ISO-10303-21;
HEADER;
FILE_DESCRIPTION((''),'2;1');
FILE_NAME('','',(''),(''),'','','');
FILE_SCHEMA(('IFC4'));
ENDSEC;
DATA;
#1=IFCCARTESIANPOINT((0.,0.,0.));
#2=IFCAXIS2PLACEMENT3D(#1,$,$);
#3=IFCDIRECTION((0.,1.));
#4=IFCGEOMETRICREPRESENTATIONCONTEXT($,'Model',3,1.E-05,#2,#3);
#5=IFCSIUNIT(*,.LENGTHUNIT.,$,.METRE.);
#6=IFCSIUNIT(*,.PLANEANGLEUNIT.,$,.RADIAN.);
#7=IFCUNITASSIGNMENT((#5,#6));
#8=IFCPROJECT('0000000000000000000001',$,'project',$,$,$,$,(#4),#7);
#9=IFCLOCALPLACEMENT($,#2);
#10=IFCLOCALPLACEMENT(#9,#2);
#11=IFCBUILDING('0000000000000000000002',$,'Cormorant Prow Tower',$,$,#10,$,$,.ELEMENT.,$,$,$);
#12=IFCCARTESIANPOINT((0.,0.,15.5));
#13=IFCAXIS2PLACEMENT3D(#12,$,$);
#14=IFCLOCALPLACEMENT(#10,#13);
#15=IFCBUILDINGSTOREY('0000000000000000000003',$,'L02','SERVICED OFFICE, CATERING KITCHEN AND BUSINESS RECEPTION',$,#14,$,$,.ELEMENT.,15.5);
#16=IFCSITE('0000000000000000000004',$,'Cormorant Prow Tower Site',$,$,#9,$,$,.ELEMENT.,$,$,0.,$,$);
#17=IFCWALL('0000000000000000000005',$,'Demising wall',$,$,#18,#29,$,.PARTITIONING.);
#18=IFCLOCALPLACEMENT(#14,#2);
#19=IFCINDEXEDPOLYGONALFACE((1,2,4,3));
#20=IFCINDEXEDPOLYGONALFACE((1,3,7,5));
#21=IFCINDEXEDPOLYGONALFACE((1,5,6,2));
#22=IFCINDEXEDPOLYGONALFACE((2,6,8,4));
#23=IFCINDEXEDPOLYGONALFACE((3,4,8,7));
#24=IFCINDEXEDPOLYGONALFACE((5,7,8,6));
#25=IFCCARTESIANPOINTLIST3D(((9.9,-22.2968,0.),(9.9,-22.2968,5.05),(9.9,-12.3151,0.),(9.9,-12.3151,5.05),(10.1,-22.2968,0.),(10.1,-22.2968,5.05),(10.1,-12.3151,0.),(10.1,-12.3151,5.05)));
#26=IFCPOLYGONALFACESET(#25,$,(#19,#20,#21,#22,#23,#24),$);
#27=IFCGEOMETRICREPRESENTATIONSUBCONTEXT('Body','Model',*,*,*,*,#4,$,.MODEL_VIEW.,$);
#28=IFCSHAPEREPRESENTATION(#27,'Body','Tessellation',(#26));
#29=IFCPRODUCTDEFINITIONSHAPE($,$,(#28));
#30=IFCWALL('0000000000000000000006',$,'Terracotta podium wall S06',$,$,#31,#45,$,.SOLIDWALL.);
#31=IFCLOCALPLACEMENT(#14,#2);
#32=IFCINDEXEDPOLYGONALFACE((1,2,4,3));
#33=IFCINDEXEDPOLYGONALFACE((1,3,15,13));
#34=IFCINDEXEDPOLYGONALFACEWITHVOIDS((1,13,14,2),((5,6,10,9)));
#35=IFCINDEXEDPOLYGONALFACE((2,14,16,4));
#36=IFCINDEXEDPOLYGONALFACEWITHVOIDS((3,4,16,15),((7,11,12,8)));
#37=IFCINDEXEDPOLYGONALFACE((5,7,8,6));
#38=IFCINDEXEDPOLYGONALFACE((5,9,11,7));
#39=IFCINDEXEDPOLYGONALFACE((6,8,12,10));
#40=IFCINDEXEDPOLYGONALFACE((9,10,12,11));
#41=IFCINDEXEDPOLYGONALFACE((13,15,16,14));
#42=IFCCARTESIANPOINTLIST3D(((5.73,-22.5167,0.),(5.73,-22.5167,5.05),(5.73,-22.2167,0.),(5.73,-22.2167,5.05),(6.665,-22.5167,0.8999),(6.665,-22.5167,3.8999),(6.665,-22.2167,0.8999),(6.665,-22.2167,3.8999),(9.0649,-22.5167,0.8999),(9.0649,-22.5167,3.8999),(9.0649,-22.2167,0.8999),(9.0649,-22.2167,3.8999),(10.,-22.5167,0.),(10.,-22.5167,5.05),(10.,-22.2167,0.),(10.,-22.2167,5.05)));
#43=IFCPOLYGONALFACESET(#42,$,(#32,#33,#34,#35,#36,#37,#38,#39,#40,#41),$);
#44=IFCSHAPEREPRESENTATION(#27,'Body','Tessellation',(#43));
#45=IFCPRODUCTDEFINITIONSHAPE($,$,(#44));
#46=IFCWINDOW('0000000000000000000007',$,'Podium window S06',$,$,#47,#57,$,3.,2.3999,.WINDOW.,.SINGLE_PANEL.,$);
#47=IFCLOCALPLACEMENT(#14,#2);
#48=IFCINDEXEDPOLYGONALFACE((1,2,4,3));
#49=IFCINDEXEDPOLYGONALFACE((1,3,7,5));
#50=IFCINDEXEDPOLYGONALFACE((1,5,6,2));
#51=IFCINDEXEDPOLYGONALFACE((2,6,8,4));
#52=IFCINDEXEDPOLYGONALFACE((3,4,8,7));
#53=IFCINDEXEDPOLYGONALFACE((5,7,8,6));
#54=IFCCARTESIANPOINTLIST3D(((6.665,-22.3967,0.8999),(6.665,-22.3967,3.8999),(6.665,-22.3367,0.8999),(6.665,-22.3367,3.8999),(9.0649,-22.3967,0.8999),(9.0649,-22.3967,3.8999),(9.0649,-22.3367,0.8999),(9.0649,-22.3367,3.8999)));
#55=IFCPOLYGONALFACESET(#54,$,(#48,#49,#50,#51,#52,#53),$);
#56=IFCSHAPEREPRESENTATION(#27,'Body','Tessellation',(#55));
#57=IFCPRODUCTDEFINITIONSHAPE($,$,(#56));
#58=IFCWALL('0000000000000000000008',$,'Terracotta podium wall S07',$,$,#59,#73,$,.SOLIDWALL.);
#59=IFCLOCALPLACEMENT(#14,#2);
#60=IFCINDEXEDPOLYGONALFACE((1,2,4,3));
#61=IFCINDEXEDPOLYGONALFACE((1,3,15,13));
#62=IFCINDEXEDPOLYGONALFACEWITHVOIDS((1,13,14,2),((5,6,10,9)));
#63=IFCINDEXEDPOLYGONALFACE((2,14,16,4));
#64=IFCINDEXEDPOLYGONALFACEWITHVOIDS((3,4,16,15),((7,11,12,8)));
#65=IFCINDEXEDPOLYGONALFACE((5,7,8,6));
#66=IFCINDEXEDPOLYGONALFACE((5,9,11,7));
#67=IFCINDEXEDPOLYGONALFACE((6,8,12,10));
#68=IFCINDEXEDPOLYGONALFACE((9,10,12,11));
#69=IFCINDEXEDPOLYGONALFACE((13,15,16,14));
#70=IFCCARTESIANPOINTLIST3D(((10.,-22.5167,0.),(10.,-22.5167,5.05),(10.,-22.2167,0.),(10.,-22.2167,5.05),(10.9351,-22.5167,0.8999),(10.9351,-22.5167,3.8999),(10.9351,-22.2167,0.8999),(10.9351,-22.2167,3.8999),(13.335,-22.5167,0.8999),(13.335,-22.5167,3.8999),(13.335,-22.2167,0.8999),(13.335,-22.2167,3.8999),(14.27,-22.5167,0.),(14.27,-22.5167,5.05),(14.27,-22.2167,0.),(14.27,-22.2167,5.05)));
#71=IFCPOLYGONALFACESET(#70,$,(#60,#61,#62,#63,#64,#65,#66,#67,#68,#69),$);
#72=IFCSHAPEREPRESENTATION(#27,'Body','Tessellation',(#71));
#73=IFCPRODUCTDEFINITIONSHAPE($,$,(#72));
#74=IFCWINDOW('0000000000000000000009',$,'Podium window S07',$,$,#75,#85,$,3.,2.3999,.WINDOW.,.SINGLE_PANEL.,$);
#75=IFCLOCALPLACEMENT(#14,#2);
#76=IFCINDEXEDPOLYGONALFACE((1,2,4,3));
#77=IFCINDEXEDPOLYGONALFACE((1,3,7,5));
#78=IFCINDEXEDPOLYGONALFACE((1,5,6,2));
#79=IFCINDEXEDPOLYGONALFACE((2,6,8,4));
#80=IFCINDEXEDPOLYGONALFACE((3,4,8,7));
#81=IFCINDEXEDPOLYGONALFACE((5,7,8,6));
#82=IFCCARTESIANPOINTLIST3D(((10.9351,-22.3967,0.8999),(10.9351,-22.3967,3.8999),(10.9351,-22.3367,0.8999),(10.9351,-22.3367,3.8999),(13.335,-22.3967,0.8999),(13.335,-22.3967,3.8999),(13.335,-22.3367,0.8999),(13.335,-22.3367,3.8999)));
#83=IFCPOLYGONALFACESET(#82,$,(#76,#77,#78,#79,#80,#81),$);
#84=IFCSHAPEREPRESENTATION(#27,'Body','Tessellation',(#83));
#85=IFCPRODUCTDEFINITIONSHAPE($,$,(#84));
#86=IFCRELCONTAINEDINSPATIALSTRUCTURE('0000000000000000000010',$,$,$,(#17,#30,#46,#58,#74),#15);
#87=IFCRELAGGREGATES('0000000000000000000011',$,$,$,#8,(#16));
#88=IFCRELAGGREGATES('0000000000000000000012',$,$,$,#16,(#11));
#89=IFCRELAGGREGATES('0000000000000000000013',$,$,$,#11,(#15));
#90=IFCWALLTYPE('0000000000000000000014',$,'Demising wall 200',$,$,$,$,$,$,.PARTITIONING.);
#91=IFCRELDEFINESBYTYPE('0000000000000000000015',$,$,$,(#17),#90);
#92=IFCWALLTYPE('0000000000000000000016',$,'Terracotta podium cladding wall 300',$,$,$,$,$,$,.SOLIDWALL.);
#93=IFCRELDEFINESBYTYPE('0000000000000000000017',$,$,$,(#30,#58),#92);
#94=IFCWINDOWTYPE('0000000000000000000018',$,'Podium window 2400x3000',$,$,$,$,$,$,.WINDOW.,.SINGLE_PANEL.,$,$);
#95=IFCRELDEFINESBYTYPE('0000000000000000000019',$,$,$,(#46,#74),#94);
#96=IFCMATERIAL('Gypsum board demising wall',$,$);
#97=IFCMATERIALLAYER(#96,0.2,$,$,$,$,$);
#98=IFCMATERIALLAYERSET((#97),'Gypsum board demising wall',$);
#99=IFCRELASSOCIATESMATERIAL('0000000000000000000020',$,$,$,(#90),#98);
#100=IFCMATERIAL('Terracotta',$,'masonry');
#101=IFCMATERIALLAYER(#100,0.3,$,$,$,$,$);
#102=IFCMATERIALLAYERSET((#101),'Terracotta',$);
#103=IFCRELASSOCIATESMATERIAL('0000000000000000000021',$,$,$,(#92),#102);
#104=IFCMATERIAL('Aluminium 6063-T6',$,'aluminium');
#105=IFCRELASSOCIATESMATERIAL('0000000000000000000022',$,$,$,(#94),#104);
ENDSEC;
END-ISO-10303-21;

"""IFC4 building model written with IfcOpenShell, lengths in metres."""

from ifc_helpers import new_model, si_unit, direction, frame, frame_2d, origin, place, context, subcontext, project, spatial, rectangle, extrude, material, layer, layer_set, type_object, element, fill, save


model = new_model("IFC4")

# Units and contexts
model_context = context("Model", 3, precision=1e-05, world=origin(), true_north=direction((0.0, 1.0)))
body_context = subcontext(model_context, "Body", "Model", "MODEL_VIEW")
ifc_project = project(units=[si_unit("LENGTHUNIT", "METRE"), si_unit("PLANEANGLEUNIT", "RADIAN")], contexts=[model_context])

# Site, building, storey
site_placement = place(None, origin())
site = spatial("IfcSite", under=ifc_project, at=site_placement, Name="Cormorant Prow Tower Site", CompositionType="ELEMENT", RefElevation=0.0)
building_placement = place(site_placement, origin())
building = spatial("IfcBuilding", under=site, at=building_placement, Name="Cormorant Prow Tower", CompositionType="ELEMENT")
storey_placement = place(building_placement, frame((0.0, 0.0, 15.5)))
storey = spatial("IfcBuildingStorey", under=building, at=storey_placement, Name="L02", Description="SERVICED OFFICE, CATERING KITCHEN AND BUSINESS RECEPTION", CompositionType="ELEMENT", Elevation=15.5)

# Wall
ifc_material_1 = material(Name="Gypsum board demising wall")
ifc_layer_1 = layer(ifc_material_1, 0.2)
ifc_layer_set_1 = layer_set([ifc_layer_1], Name="Gypsum board demising wall")
wall_type_1 = type_object("IfcWallType", Name="Demising wall 200", PredefinedType="PARTITIONING", material=ifc_layer_set_1)
wall_1_placement = place(storey_placement, frame((10.0, -22.2966, 0.0), z_axis=(0.0, 0.0, 1.0), x_axis=(0.0, 1.0, 0.0)))
element("IfcWall", 1, at=wall_1_placement, inside=storey, type_object=wall_type_1, Name="Demising wall", PredefinedType="PARTITIONING", context=body_context, shape_type="SweptSolid", body=[
    extrude(rectangle(XDim=9.9817, YDim=0.2, at=frame_2d((4.9907, 0.0))), origin(), (0.0, 0.0, 1.0), 5.05),
])

# Walls, openings, windows
ifc_material_2 = material(Name="Terracotta", Category="masonry")
ifc_layer_2 = layer(ifc_material_2, 0.3)
ifc_layer_set_2 = layer_set([ifc_layer_2], Name="Terracotta")
wall_type_2 = type_object("IfcWallType", Name="Terracotta podium cladding wall 300", PredefinedType="SOLIDWALL", material=ifc_layer_set_2)
wall_2_placement = place(storey_placement, frame((5.73, -22.3667, 0.0), z_axis=(0.0, 0.0, 1.0), x_axis=(1.0, 0.0, 0.0)))
wall_2 = element("IfcWall", 2, at=wall_2_placement, inside=storey, type_object=wall_type_2, Name="Terracotta podium wall S06", PredefinedType="SOLIDWALL", context=body_context, shape_type="SweptSolid", body=[
    extrude(rectangle(XDim=4.27, YDim=0.3, at=frame_2d((2.135, 0.0))), origin(), (0.0, 0.0, 1.0), 5.05),
])
opening_1_placement = place(wall_2_placement, frame((0.9351, 0.0, 0.8999)))
opening_1 = element("IfcOpeningElement", 3, at=opening_1_placement, cuts=wall_2, PredefinedType="OPENING", context=body_context, shape_type="SweptSolid", body=[
    extrude(rectangle(XDim=2.3999, YDim=3.0, at=frame_2d((1.2, 1.5))), frame((0.0, 0.1599, 0.0), z_axis=(0.0, -1.0, 0.0), x_axis=(1.0, 0.0, 0.0)), (0.0, 0.0, 1.0), 0.3201),
])
ifc_material_3 = material(Name="Aluminium 6063-T6", Category="aluminium")
window_type = type_object("IfcWindowType", Name="Podium window 2400x3000", PartitioningType="SINGLE_PANEL", PredefinedType="WINDOW", material=ifc_material_3)
window_1_placement = place(opening_1_placement, origin())
window_1 = element("IfcWindow", 4, at=window_1_placement, inside=storey, type_object=window_type, Name="Podium window S06", OverallHeight=3.0, OverallWidth=2.3999, PartitioningType="SINGLE_PANEL", PredefinedType="WINDOW", context=body_context, shape_type="SweptSolid", body=[
    extrude(rectangle(XDim=2.3999, YDim=3.0, at=frame_2d((1.2, 1.5))), frame((0.0, 0.03, 0.0), z_axis=(0.0, -1.0, 0.0), x_axis=(1.0, 0.0, 0.0)), (0.0, 0.0, 1.0), 0.0601),
])
fill(opening_1, window_1)
wall_3_placement = place(storey_placement, frame((10.0, -22.3667, 0.0), z_axis=(0.0, 0.0, 1.0), x_axis=(1.0, 0.0, 0.0)))
wall_3 = element("IfcWall", 5, at=wall_3_placement, inside=storey, type_object=wall_type_2, Name="Terracotta podium wall S07", PredefinedType="SOLIDWALL", context=body_context, shape_type="SweptSolid", body=[
    extrude(rectangle(XDim=4.27, YDim=0.3, at=frame_2d((2.135, 0.0))), origin(), (0.0, 0.0, 1.0), 5.05),
])
opening_2_placement = place(wall_3_placement, frame((0.9351, 0.0, 0.8999)))
opening_2 = element("IfcOpeningElement", 6, at=opening_2_placement, cuts=wall_3, PredefinedType="OPENING", context=body_context, shape_type="SweptSolid", body=[
    extrude(rectangle(XDim=2.3999, YDim=3.0, at=frame_2d((1.2, 1.5))), frame((0.0, 0.1599, 0.0), z_axis=(0.0, -1.0, 0.0), x_axis=(1.0, 0.0, 0.0)), (0.0, 0.0, 1.0), 0.3201),
])
window_2_placement = place(opening_2_placement, origin())
window_2 = element("IfcWindow", 7, at=window_2_placement, inside=storey, type_object=window_type, Name="Podium window S07", OverallHeight=3.0, OverallWidth=2.3999, PartitioningType="SINGLE_PANEL", PredefinedType="WINDOW", context=body_context, shape_type="SweptSolid", body=[
    extrude(rectangle(XDim=2.3999, YDim=3.0, at=frame_2d((1.2, 1.5))), frame((0.0, 0.03, 0.0), z_axis=(0.0, -1.0, 0.0), x_axis=(1.0, 0.0, 0.0)), (0.0, 0.0, 1.0), 0.0601),
])
fill(opening_2, window_2)

save(model, "model.ifc")
